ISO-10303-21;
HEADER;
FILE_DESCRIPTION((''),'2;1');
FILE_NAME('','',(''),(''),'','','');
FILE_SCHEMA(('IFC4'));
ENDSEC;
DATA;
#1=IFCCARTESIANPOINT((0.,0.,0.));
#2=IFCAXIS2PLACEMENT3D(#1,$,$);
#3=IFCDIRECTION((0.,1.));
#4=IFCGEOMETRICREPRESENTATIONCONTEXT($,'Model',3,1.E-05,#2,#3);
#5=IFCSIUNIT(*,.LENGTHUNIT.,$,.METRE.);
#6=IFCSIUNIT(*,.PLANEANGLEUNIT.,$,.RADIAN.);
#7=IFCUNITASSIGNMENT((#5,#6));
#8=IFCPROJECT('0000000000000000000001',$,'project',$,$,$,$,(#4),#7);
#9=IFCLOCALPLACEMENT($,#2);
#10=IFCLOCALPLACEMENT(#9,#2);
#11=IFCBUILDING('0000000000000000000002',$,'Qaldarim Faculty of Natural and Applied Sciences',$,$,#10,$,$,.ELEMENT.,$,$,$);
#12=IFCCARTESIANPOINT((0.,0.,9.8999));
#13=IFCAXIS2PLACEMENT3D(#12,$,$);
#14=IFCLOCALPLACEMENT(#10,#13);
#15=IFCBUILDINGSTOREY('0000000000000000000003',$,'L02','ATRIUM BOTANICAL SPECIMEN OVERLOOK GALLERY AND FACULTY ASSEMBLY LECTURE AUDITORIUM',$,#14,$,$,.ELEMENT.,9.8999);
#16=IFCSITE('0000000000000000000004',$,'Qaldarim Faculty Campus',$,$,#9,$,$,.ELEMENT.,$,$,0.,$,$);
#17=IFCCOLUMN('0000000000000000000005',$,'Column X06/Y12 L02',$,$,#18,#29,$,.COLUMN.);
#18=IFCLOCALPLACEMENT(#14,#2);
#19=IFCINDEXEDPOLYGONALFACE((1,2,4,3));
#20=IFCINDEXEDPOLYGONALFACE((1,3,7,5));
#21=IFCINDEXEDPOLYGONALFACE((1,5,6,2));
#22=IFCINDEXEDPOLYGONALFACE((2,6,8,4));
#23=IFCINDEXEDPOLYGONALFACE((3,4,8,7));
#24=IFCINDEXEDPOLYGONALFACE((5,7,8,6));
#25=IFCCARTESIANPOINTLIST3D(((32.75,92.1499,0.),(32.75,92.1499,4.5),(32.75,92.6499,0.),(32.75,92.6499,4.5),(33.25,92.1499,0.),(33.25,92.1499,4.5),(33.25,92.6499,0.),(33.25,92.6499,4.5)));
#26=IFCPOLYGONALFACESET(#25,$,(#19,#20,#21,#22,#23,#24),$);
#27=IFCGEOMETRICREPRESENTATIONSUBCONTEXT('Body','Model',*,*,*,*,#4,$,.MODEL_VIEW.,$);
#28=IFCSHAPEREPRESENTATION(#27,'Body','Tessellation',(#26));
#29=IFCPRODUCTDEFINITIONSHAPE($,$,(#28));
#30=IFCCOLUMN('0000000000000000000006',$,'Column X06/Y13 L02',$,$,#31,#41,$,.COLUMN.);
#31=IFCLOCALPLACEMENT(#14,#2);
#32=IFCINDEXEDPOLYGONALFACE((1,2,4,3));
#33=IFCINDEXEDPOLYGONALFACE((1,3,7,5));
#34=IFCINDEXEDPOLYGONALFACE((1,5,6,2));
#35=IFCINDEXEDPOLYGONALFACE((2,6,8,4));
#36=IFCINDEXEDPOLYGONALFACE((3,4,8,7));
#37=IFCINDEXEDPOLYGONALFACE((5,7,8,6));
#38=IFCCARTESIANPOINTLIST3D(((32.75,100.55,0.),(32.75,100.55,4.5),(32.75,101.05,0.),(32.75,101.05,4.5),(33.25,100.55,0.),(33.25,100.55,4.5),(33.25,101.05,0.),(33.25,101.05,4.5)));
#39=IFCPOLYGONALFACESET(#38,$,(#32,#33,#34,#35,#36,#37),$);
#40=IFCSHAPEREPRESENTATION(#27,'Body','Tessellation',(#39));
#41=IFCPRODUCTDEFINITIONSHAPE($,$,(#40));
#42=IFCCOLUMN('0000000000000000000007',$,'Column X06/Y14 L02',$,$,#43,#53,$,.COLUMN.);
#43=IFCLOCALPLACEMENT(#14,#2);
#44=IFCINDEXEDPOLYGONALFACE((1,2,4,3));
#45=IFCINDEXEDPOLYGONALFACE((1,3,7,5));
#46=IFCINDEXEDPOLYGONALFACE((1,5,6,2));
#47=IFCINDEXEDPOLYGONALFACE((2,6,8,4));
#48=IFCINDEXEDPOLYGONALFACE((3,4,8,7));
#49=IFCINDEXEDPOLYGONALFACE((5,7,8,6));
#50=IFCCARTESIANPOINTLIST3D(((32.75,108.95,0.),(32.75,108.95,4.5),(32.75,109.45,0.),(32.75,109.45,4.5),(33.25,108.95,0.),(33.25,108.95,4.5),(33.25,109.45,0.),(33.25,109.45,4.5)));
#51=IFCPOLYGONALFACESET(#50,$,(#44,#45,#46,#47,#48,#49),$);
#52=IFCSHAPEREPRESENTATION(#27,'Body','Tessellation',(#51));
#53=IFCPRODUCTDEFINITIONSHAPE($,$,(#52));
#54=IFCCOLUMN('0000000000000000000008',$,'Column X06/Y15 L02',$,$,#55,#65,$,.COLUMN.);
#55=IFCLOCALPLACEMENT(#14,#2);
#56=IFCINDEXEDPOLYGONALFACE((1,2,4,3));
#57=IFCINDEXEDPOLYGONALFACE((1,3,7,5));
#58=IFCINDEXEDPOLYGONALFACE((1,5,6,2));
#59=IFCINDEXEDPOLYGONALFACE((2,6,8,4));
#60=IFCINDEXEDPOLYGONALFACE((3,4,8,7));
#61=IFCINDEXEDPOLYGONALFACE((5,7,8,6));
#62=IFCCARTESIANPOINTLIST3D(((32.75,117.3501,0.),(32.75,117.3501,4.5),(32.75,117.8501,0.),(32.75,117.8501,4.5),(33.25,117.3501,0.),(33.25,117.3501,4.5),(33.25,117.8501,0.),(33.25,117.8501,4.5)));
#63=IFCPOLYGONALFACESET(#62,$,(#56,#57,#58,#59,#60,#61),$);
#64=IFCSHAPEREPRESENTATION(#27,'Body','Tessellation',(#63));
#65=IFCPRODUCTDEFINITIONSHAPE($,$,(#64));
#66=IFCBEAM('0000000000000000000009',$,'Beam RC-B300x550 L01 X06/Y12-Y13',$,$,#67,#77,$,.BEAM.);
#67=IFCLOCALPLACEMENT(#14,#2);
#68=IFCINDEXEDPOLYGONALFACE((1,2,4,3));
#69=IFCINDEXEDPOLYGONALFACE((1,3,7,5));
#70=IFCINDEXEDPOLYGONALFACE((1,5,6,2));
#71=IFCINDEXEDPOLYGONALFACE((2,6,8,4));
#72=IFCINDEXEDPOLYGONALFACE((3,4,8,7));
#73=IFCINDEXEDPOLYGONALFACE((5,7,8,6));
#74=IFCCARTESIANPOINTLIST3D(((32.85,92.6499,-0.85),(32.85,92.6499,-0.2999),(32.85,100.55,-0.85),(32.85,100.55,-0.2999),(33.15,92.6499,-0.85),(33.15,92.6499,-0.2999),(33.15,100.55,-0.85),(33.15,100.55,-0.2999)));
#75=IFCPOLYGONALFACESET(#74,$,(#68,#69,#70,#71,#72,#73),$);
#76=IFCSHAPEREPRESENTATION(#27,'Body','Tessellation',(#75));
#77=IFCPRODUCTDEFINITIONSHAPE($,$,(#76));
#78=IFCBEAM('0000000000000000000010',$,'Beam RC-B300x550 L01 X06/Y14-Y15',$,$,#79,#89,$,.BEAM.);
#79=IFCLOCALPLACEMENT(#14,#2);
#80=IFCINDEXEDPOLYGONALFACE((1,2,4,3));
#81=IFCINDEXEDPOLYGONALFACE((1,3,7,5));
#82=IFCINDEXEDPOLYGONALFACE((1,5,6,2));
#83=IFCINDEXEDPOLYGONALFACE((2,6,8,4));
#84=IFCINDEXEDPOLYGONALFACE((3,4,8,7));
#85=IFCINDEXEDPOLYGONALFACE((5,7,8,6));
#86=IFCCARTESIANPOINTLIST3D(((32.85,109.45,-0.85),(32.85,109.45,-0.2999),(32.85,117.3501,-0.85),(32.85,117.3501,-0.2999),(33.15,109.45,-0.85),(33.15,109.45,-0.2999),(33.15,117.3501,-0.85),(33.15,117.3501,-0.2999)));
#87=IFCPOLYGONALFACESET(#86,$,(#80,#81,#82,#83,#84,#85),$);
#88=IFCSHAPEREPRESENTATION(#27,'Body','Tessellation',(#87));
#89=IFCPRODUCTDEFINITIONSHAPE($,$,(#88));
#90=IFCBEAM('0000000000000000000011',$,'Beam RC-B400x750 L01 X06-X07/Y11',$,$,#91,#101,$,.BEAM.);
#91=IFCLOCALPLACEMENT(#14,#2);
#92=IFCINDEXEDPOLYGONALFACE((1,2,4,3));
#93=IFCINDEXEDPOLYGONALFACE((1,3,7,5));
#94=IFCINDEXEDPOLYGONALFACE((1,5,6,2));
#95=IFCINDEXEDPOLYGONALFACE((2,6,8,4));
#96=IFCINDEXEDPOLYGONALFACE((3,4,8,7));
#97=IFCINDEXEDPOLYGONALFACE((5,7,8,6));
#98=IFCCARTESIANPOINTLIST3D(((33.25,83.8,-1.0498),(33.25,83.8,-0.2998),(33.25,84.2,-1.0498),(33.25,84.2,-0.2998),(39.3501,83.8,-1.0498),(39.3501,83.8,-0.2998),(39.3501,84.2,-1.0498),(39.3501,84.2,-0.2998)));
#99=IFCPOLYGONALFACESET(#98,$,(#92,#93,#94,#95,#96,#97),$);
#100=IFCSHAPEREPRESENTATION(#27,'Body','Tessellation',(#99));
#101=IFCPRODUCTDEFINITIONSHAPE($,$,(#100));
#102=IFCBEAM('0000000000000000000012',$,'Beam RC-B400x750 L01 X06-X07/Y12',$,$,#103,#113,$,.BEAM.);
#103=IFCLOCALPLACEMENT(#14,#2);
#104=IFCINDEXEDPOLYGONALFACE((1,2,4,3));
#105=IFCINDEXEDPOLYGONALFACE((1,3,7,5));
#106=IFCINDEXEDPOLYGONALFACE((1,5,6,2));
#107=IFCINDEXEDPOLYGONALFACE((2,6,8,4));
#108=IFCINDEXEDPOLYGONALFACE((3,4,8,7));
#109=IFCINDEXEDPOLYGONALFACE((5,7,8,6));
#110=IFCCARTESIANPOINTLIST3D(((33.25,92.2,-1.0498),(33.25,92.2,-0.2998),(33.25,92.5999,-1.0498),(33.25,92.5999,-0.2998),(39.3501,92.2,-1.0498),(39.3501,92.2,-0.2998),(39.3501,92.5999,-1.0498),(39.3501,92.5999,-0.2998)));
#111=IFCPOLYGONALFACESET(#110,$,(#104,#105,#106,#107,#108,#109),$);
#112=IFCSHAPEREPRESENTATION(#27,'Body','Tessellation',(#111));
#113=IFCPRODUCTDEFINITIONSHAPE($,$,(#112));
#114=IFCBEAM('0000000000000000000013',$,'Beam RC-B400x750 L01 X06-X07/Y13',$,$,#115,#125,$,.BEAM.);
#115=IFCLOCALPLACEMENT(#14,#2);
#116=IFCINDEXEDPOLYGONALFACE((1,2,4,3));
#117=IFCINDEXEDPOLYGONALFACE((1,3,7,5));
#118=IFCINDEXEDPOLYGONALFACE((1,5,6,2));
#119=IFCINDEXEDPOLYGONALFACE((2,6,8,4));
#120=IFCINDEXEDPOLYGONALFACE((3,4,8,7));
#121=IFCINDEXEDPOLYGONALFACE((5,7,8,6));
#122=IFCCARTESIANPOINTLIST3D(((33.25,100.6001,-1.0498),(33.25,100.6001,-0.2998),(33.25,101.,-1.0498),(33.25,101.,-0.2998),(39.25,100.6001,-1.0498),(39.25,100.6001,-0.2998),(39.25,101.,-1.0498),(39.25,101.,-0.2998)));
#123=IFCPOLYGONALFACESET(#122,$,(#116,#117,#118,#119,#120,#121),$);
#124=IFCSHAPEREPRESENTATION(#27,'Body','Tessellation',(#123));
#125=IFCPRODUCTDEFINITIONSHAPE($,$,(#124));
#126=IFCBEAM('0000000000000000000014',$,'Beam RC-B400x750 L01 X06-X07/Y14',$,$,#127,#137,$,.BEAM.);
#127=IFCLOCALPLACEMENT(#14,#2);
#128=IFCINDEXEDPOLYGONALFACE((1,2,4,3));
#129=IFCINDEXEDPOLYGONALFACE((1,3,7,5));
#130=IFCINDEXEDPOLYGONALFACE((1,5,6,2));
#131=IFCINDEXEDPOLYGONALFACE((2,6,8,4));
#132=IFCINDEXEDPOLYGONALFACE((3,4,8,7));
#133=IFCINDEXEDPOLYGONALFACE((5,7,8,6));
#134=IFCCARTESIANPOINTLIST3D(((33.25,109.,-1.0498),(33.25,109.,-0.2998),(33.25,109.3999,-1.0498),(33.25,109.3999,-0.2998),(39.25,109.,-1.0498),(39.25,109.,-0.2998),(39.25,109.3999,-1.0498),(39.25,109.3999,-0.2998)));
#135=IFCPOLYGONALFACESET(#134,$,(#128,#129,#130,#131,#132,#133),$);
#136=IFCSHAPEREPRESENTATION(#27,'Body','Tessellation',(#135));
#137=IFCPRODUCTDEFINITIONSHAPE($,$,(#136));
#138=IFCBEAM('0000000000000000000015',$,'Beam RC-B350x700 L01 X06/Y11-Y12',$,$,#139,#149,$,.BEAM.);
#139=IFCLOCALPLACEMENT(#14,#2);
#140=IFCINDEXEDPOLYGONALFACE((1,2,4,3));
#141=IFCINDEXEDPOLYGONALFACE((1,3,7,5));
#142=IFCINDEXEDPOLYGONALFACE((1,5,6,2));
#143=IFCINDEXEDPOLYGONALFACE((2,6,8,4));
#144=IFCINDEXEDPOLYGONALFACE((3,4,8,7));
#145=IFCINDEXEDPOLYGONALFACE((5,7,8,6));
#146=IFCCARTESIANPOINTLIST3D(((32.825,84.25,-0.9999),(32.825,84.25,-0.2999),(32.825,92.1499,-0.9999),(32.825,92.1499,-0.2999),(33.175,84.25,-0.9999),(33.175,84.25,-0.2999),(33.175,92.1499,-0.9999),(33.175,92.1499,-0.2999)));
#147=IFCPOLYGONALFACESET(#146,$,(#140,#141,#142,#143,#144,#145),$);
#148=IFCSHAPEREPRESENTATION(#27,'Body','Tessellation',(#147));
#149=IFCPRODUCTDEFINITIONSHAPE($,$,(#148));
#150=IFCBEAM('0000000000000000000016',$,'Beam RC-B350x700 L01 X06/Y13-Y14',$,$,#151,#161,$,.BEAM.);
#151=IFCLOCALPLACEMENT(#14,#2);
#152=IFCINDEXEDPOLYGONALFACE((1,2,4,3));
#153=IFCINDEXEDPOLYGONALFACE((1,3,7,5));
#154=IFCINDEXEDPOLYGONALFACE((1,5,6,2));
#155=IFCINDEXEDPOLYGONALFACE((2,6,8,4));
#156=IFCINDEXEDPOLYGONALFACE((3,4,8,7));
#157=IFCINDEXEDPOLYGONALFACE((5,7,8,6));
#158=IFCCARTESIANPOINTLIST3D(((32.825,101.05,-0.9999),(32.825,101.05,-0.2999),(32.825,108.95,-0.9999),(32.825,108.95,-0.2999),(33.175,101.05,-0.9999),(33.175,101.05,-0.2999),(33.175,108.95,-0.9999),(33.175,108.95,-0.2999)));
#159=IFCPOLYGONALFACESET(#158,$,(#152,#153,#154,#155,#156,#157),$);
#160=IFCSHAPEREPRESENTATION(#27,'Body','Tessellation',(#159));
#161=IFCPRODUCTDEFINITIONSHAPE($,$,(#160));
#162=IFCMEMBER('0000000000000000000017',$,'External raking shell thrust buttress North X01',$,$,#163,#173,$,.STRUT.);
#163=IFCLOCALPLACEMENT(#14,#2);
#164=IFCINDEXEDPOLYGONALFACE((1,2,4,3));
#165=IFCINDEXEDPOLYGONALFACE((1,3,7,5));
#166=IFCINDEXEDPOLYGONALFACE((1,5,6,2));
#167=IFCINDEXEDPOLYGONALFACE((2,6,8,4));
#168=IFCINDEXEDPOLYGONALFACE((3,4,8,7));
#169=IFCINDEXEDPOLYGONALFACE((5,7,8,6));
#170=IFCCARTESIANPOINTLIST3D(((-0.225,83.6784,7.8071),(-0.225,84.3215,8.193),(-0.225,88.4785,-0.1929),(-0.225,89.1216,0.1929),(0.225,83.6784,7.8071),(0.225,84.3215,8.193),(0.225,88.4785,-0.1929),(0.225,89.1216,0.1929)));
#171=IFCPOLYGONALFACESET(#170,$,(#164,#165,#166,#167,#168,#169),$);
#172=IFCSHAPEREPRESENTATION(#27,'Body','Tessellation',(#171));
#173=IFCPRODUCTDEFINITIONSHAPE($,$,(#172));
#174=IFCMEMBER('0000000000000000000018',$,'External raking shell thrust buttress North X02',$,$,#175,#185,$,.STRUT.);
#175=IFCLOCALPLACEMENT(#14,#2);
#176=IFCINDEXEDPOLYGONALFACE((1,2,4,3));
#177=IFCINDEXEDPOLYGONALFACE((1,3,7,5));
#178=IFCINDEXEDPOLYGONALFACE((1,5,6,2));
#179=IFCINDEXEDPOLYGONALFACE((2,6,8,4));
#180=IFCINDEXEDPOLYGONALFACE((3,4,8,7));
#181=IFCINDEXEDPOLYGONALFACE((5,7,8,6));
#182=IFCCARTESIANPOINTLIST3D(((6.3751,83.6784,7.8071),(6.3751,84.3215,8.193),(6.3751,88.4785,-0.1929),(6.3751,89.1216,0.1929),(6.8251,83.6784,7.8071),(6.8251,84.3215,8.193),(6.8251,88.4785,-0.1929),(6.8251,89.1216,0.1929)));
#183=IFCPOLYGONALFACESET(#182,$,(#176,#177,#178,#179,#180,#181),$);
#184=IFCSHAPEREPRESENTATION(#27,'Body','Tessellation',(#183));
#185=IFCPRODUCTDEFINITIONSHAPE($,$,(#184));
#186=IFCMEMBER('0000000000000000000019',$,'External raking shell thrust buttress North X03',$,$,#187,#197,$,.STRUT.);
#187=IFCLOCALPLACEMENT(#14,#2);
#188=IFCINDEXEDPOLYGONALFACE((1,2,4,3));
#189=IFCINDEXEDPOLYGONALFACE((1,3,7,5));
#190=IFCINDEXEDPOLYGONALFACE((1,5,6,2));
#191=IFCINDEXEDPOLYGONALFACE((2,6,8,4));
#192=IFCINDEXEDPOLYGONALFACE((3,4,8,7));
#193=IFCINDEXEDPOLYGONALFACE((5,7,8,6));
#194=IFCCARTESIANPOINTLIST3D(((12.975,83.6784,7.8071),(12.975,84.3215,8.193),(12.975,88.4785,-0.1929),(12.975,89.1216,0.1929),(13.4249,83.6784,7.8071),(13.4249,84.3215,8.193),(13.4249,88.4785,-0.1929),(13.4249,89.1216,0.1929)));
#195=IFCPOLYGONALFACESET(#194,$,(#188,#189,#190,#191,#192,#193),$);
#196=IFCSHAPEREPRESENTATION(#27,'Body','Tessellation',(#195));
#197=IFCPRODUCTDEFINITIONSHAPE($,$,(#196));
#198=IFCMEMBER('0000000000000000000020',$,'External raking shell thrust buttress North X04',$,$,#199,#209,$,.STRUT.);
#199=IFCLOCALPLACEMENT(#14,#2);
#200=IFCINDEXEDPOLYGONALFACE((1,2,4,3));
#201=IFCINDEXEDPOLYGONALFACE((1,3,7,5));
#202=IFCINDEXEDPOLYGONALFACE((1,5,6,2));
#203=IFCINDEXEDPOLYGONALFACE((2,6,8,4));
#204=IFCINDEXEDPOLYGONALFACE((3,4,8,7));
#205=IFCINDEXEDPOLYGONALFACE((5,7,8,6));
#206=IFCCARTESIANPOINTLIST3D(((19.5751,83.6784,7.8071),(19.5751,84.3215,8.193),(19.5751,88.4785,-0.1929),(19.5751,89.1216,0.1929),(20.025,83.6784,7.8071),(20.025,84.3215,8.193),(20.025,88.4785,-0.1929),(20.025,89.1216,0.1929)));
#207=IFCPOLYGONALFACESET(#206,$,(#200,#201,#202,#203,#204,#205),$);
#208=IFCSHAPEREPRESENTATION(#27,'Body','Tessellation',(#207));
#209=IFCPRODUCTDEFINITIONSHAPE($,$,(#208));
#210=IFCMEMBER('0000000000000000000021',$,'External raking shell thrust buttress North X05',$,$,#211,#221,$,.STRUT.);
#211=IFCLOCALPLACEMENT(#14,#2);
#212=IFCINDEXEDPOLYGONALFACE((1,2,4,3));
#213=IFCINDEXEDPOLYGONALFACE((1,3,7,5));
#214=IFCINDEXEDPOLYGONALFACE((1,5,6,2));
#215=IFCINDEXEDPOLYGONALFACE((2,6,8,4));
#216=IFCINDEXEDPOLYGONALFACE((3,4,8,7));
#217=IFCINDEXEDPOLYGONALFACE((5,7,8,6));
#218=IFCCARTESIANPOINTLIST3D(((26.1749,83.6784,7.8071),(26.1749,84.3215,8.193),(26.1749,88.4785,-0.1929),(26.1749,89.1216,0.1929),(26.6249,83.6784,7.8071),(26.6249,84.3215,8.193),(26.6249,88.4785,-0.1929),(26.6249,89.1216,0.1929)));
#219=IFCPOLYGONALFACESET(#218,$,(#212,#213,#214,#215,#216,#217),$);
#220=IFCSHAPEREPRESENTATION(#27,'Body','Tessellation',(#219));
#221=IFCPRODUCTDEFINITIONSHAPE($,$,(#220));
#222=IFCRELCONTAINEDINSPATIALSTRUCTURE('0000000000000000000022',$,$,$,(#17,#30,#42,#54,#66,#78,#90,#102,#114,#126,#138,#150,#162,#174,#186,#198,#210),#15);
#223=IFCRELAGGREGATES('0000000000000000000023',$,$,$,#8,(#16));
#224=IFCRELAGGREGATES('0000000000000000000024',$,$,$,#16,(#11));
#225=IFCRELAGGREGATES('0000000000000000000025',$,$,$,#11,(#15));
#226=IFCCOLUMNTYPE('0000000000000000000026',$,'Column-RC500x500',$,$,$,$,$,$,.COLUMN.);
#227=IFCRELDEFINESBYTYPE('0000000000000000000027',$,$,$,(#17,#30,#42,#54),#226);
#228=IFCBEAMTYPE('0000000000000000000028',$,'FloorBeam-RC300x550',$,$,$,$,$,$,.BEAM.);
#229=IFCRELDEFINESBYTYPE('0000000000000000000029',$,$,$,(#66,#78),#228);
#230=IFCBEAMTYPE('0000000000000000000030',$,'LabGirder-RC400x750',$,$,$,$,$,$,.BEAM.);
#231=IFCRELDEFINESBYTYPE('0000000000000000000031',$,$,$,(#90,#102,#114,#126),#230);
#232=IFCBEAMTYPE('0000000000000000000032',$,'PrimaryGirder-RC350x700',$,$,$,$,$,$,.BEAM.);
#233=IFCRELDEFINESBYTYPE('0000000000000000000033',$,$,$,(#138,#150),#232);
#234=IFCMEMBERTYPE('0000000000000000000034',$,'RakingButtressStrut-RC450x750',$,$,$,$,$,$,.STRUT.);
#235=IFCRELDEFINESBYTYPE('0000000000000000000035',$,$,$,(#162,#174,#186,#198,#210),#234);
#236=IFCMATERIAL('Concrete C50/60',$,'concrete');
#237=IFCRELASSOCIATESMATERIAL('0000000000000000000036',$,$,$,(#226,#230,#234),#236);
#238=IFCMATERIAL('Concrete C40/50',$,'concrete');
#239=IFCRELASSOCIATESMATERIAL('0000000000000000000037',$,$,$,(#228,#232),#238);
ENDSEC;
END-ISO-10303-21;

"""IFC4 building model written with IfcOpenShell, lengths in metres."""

from ifc_helpers import new_model, si_unit, direction, frame, origin, origin_2d, place, context, subcontext, project, spatial, rectangle, extrude, material, material_profile, profile_set, type_object, element, save


model = new_model("IFC4")

# Units and contexts
model_context = context("Model", 3, precision=1e-05, world=origin(), true_north=direction((0.0, 1.0)))
body_context = subcontext(model_context, "Body", "Model", "MODEL_VIEW")
ifc_project = project(units=[si_unit("LENGTHUNIT", "METRE"), si_unit("PLANEANGLEUNIT", "RADIAN")], contexts=[model_context])

# Site, building, storey
site_placement = place(None, origin())
site = spatial("IfcSite", under=ifc_project, at=site_placement, Name="Qaldarim Faculty Campus", CompositionType="ELEMENT", RefElevation=0.0)
building_placement = place(site_placement, origin())
building = spatial("IfcBuilding", under=site, at=building_placement, Name="Qaldarim Faculty of Natural and Applied Sciences", CompositionType="ELEMENT")
storey_placement = place(building_placement, frame((0.0, 0.0, 9.8999)))
storey = spatial("IfcBuildingStorey", under=building, at=storey_placement, Name="L02", Description="ATRIUM BOTANICAL SPECIMEN OVERLOOK GALLERY AND FACULTY ASSEMBLY LECTURE AUDITORIUM", CompositionType="ELEMENT", Elevation=9.8999)

# Columns
ifc_material_1 = material(Name="Concrete C50/60", Category="concrete")
ifc_material_profile_1 = material_profile(ifc_material_1, rectangle(XDim=0.5, YDim=0.5, at=origin_2d()), Name="RC-C500x500")
ifc_profile_set_1 = profile_set([ifc_material_profile_1], Name="Concrete C50/60")
column_type = type_object("IfcColumnType", Name="Column-RC500x500", PredefinedType="COLUMN", material=ifc_profile_set_1)
for number, where, z_axis, x_axis, name in (
    (1, (33.0, 92.3999, 0.0), (0.0, 0.0, 1.0), (1.0, 0.0, 0.0), "Column X06/Y12 L02"),
    (2, (33.0, 100.8, 0.0), (0.0, 0.0, 1.0), (1.0, 0.0, 0.0), "Column X06/Y13 L02"),
    (3, (33.0, 109.2, 0.0), (0.0, 0.0, 1.0), (1.0, 0.0, 0.0), "Column X06/Y14 L02"),
    (4, (33.0, 117.6001, 0.0), (0.0, 0.0, 1.0), (1.0, 0.0, 0.0), "Column X06/Y15 L02"),
):
    element("IfcColumn", number, at=place(storey_placement, frame(where, z_axis=z_axis, x_axis=x_axis)), inside=storey, type_object=column_type, Name=name, PredefinedType="COLUMN", context=body_context, shape_type="SweptSolid", body=[
        extrude(rectangle(XDim=0.5, YDim=0.5, at=origin_2d()), origin(), (0.0, 0.0, 1.0), 4.5),
    ])

# Beams
ifc_material_2 = material(Name="Concrete C40/50", Category="concrete")
ifc_material_profile_2 = material_profile(ifc_material_2, rectangle(XDim=0.3, YDim=0.55, at=origin_2d()), Name="RC-B300x550")
ifc_profile_set_2 = profile_set([ifc_material_profile_2], Name="Concrete C40/50")
beam_type_1 = type_object("IfcBeamType", Name="FloorBeam-RC300x550", PredefinedType="BEAM", material=ifc_profile_set_2)
for number, where, z_axis, x_axis, name in (
    (5, (33.0, 92.6499, -0.575), (0.0, 1.0, 0.0), (-1.0, 0.0, 0.0), "Beam RC-B300x550 L01 X06/Y12-Y13"),
    (6, (33.0, 109.45, -0.575), (0.0, 1.0, 0.0), (-1.0, 0.0, 0.0), "Beam RC-B300x550 L01 X06/Y14-Y15"),
):
    element("IfcBeam", number, at=place(storey_placement, frame(where, z_axis=z_axis, x_axis=x_axis)), inside=storey, type_object=beam_type_1, Name=name, PredefinedType="BEAM", context=body_context, shape_type="SweptSolid", body=[
        extrude(rectangle(XDim=0.3, YDim=0.55, at=origin_2d()), origin(), (0.0, 0.0, 1.0), 7.9001),
    ])
ifc_material_profile_3 = material_profile(ifc_material_1, rectangle(XDim=0.3999, YDim=0.75, at=origin_2d()), Name="RC-B400x750")
ifc_profile_set_3 = profile_set([ifc_material_profile_3], Name="Concrete C50/60")
beam_type_2 = type_object("IfcBeamType", Name="LabGirder-RC400x750", PredefinedType="BEAM", material=ifc_profile_set_3)
for number, where, z_axis, x_axis, name in (
    (7, (33.25, 84.0, -0.6748), (1.0, 0.0, 0.0), (0.0, 1.0, 0.0), "Beam RC-B400x750 L01 X06-X07/Y11"),
    (8, (33.25, 92.3999, -0.6748), (1.0, 0.0, 0.0), (0.0, 1.0, 0.0), "Beam RC-B400x750 L01 X06-X07/Y12"),
):
    element("IfcBeam", number, at=place(storey_placement, frame(where, z_axis=z_axis, x_axis=x_axis)), inside=storey, type_object=beam_type_2, Name=name, PredefinedType="BEAM", context=body_context, shape_type="SweptSolid", body=[
        extrude(rectangle(XDim=0.3999, YDim=0.75, at=origin_2d()), origin(), (0.0, 0.0, 1.0), 6.1001),
    ])
for number, where, z_axis, x_axis, name in (
    (9, (33.25, 100.8, -0.6748), (1.0, 0.0, 0.0), (0.0, 1.0, 0.0), "Beam RC-B400x750 L01 X06-X07/Y13"),
    (10, (33.25, 109.2, -0.6748), (1.0, 0.0, 0.0), (0.0, 1.0, 0.0), "Beam RC-B400x750 L01 X06-X07/Y14"),
):
    element("IfcBeam", number, at=place(storey_placement, frame(where, z_axis=z_axis, x_axis=x_axis)), inside=storey, type_object=beam_type_2, Name=name, PredefinedType="BEAM", context=body_context, shape_type="SweptSolid", body=[
        extrude(rectangle(XDim=0.3999, YDim=0.75, at=origin_2d()), origin(), (0.0, 0.0, 1.0), 6.0),
    ])
ifc_material_profile_4 = material_profile(ifc_material_2, rectangle(XDim=0.3501, YDim=0.7, at=origin_2d()), Name="RC-B350x700")
ifc_profile_set_4 = profile_set([ifc_material_profile_4], Name="Concrete C40/50")
beam_type_3 = type_object("IfcBeamType", Name="PrimaryGirder-RC350x700", PredefinedType="BEAM", material=ifc_profile_set_4)
for number, where, z_axis, x_axis, name in (
    (11, (33.0, 84.25, -0.6499), (0.0, 1.0, 0.0), (-1.0, 0.0, 0.0), "Beam RC-B350x700 L01 X06/Y11-Y12"),
    (12, (33.0, 101.05, -0.6499), (0.0, 1.0, 0.0), (-1.0, 0.0, 0.0), "Beam RC-B350x700 L01 X06/Y13-Y14"),
):
    element("IfcBeam", number, at=place(storey_placement, frame(where, z_axis=z_axis, x_axis=x_axis)), inside=storey, type_object=beam_type_3, Name=name, PredefinedType="BEAM", context=body_context, shape_type="SweptSolid", body=[
        extrude(rectangle(XDim=0.3501, YDim=0.7, at=origin_2d()), origin(), (0.0, 0.0, 1.0), 7.8999),
    ])

# Members
ifc_material_profile_5 = material_profile(ifc_material_1, rectangle(XDim=0.45, YDim=0.75, at=origin_2d()), Name="RC-S450x750")
ifc_profile_set_5 = profile_set([ifc_material_profile_5], Name="Concrete C50/60")
member_type = type_object("IfcMemberType", Name="RakingButtressStrut-RC450x750", PredefinedType="STRUT", material=ifc_profile_set_5)
for number, where, z_axis, x_axis, name in (
    (13, (0.0, 88.8, 0.0), (0.0, -0.5145, 0.857491), (1.0, 0.0, 0.0), "External raking shell thrust buttress North X01"),
    (14, (6.6001, 88.8, 0.0), (0.0, -0.5145, 0.857491), (1.0, 0.0, 0.0), "External raking shell thrust buttress North X02"),
    (15, (13.2, 88.8, 0.0), (0.0, -0.5145, 0.857491), (1.0, 0.0, 0.0), "External raking shell thrust buttress North X03"),
    (16, (19.8, 88.8, 0.0), (0.0, -0.5145, 0.857491), (1.0, 0.0, 0.0), "External raking shell thrust buttress North X04"),
    (17, (26.3999, 88.8, 0.0), (0.0, -0.5145, 0.857491), (1.0, 0.0, 0.0), "External raking shell thrust buttress North X05"),
):
    element("IfcMember", number, at=place(storey_placement, frame(where, z_axis=z_axis, x_axis=x_axis)), inside=storey, type_object=member_type, Name=name, PredefinedType="STRUT", context=body_context, shape_type="SweptSolid", body=[
        extrude(rectangle(XDim=0.45, YDim=0.75, at=origin_2d()), origin(), (0.0, 0.0, 1.0), 9.3296),
    ])

save(model, "model.ifc")
